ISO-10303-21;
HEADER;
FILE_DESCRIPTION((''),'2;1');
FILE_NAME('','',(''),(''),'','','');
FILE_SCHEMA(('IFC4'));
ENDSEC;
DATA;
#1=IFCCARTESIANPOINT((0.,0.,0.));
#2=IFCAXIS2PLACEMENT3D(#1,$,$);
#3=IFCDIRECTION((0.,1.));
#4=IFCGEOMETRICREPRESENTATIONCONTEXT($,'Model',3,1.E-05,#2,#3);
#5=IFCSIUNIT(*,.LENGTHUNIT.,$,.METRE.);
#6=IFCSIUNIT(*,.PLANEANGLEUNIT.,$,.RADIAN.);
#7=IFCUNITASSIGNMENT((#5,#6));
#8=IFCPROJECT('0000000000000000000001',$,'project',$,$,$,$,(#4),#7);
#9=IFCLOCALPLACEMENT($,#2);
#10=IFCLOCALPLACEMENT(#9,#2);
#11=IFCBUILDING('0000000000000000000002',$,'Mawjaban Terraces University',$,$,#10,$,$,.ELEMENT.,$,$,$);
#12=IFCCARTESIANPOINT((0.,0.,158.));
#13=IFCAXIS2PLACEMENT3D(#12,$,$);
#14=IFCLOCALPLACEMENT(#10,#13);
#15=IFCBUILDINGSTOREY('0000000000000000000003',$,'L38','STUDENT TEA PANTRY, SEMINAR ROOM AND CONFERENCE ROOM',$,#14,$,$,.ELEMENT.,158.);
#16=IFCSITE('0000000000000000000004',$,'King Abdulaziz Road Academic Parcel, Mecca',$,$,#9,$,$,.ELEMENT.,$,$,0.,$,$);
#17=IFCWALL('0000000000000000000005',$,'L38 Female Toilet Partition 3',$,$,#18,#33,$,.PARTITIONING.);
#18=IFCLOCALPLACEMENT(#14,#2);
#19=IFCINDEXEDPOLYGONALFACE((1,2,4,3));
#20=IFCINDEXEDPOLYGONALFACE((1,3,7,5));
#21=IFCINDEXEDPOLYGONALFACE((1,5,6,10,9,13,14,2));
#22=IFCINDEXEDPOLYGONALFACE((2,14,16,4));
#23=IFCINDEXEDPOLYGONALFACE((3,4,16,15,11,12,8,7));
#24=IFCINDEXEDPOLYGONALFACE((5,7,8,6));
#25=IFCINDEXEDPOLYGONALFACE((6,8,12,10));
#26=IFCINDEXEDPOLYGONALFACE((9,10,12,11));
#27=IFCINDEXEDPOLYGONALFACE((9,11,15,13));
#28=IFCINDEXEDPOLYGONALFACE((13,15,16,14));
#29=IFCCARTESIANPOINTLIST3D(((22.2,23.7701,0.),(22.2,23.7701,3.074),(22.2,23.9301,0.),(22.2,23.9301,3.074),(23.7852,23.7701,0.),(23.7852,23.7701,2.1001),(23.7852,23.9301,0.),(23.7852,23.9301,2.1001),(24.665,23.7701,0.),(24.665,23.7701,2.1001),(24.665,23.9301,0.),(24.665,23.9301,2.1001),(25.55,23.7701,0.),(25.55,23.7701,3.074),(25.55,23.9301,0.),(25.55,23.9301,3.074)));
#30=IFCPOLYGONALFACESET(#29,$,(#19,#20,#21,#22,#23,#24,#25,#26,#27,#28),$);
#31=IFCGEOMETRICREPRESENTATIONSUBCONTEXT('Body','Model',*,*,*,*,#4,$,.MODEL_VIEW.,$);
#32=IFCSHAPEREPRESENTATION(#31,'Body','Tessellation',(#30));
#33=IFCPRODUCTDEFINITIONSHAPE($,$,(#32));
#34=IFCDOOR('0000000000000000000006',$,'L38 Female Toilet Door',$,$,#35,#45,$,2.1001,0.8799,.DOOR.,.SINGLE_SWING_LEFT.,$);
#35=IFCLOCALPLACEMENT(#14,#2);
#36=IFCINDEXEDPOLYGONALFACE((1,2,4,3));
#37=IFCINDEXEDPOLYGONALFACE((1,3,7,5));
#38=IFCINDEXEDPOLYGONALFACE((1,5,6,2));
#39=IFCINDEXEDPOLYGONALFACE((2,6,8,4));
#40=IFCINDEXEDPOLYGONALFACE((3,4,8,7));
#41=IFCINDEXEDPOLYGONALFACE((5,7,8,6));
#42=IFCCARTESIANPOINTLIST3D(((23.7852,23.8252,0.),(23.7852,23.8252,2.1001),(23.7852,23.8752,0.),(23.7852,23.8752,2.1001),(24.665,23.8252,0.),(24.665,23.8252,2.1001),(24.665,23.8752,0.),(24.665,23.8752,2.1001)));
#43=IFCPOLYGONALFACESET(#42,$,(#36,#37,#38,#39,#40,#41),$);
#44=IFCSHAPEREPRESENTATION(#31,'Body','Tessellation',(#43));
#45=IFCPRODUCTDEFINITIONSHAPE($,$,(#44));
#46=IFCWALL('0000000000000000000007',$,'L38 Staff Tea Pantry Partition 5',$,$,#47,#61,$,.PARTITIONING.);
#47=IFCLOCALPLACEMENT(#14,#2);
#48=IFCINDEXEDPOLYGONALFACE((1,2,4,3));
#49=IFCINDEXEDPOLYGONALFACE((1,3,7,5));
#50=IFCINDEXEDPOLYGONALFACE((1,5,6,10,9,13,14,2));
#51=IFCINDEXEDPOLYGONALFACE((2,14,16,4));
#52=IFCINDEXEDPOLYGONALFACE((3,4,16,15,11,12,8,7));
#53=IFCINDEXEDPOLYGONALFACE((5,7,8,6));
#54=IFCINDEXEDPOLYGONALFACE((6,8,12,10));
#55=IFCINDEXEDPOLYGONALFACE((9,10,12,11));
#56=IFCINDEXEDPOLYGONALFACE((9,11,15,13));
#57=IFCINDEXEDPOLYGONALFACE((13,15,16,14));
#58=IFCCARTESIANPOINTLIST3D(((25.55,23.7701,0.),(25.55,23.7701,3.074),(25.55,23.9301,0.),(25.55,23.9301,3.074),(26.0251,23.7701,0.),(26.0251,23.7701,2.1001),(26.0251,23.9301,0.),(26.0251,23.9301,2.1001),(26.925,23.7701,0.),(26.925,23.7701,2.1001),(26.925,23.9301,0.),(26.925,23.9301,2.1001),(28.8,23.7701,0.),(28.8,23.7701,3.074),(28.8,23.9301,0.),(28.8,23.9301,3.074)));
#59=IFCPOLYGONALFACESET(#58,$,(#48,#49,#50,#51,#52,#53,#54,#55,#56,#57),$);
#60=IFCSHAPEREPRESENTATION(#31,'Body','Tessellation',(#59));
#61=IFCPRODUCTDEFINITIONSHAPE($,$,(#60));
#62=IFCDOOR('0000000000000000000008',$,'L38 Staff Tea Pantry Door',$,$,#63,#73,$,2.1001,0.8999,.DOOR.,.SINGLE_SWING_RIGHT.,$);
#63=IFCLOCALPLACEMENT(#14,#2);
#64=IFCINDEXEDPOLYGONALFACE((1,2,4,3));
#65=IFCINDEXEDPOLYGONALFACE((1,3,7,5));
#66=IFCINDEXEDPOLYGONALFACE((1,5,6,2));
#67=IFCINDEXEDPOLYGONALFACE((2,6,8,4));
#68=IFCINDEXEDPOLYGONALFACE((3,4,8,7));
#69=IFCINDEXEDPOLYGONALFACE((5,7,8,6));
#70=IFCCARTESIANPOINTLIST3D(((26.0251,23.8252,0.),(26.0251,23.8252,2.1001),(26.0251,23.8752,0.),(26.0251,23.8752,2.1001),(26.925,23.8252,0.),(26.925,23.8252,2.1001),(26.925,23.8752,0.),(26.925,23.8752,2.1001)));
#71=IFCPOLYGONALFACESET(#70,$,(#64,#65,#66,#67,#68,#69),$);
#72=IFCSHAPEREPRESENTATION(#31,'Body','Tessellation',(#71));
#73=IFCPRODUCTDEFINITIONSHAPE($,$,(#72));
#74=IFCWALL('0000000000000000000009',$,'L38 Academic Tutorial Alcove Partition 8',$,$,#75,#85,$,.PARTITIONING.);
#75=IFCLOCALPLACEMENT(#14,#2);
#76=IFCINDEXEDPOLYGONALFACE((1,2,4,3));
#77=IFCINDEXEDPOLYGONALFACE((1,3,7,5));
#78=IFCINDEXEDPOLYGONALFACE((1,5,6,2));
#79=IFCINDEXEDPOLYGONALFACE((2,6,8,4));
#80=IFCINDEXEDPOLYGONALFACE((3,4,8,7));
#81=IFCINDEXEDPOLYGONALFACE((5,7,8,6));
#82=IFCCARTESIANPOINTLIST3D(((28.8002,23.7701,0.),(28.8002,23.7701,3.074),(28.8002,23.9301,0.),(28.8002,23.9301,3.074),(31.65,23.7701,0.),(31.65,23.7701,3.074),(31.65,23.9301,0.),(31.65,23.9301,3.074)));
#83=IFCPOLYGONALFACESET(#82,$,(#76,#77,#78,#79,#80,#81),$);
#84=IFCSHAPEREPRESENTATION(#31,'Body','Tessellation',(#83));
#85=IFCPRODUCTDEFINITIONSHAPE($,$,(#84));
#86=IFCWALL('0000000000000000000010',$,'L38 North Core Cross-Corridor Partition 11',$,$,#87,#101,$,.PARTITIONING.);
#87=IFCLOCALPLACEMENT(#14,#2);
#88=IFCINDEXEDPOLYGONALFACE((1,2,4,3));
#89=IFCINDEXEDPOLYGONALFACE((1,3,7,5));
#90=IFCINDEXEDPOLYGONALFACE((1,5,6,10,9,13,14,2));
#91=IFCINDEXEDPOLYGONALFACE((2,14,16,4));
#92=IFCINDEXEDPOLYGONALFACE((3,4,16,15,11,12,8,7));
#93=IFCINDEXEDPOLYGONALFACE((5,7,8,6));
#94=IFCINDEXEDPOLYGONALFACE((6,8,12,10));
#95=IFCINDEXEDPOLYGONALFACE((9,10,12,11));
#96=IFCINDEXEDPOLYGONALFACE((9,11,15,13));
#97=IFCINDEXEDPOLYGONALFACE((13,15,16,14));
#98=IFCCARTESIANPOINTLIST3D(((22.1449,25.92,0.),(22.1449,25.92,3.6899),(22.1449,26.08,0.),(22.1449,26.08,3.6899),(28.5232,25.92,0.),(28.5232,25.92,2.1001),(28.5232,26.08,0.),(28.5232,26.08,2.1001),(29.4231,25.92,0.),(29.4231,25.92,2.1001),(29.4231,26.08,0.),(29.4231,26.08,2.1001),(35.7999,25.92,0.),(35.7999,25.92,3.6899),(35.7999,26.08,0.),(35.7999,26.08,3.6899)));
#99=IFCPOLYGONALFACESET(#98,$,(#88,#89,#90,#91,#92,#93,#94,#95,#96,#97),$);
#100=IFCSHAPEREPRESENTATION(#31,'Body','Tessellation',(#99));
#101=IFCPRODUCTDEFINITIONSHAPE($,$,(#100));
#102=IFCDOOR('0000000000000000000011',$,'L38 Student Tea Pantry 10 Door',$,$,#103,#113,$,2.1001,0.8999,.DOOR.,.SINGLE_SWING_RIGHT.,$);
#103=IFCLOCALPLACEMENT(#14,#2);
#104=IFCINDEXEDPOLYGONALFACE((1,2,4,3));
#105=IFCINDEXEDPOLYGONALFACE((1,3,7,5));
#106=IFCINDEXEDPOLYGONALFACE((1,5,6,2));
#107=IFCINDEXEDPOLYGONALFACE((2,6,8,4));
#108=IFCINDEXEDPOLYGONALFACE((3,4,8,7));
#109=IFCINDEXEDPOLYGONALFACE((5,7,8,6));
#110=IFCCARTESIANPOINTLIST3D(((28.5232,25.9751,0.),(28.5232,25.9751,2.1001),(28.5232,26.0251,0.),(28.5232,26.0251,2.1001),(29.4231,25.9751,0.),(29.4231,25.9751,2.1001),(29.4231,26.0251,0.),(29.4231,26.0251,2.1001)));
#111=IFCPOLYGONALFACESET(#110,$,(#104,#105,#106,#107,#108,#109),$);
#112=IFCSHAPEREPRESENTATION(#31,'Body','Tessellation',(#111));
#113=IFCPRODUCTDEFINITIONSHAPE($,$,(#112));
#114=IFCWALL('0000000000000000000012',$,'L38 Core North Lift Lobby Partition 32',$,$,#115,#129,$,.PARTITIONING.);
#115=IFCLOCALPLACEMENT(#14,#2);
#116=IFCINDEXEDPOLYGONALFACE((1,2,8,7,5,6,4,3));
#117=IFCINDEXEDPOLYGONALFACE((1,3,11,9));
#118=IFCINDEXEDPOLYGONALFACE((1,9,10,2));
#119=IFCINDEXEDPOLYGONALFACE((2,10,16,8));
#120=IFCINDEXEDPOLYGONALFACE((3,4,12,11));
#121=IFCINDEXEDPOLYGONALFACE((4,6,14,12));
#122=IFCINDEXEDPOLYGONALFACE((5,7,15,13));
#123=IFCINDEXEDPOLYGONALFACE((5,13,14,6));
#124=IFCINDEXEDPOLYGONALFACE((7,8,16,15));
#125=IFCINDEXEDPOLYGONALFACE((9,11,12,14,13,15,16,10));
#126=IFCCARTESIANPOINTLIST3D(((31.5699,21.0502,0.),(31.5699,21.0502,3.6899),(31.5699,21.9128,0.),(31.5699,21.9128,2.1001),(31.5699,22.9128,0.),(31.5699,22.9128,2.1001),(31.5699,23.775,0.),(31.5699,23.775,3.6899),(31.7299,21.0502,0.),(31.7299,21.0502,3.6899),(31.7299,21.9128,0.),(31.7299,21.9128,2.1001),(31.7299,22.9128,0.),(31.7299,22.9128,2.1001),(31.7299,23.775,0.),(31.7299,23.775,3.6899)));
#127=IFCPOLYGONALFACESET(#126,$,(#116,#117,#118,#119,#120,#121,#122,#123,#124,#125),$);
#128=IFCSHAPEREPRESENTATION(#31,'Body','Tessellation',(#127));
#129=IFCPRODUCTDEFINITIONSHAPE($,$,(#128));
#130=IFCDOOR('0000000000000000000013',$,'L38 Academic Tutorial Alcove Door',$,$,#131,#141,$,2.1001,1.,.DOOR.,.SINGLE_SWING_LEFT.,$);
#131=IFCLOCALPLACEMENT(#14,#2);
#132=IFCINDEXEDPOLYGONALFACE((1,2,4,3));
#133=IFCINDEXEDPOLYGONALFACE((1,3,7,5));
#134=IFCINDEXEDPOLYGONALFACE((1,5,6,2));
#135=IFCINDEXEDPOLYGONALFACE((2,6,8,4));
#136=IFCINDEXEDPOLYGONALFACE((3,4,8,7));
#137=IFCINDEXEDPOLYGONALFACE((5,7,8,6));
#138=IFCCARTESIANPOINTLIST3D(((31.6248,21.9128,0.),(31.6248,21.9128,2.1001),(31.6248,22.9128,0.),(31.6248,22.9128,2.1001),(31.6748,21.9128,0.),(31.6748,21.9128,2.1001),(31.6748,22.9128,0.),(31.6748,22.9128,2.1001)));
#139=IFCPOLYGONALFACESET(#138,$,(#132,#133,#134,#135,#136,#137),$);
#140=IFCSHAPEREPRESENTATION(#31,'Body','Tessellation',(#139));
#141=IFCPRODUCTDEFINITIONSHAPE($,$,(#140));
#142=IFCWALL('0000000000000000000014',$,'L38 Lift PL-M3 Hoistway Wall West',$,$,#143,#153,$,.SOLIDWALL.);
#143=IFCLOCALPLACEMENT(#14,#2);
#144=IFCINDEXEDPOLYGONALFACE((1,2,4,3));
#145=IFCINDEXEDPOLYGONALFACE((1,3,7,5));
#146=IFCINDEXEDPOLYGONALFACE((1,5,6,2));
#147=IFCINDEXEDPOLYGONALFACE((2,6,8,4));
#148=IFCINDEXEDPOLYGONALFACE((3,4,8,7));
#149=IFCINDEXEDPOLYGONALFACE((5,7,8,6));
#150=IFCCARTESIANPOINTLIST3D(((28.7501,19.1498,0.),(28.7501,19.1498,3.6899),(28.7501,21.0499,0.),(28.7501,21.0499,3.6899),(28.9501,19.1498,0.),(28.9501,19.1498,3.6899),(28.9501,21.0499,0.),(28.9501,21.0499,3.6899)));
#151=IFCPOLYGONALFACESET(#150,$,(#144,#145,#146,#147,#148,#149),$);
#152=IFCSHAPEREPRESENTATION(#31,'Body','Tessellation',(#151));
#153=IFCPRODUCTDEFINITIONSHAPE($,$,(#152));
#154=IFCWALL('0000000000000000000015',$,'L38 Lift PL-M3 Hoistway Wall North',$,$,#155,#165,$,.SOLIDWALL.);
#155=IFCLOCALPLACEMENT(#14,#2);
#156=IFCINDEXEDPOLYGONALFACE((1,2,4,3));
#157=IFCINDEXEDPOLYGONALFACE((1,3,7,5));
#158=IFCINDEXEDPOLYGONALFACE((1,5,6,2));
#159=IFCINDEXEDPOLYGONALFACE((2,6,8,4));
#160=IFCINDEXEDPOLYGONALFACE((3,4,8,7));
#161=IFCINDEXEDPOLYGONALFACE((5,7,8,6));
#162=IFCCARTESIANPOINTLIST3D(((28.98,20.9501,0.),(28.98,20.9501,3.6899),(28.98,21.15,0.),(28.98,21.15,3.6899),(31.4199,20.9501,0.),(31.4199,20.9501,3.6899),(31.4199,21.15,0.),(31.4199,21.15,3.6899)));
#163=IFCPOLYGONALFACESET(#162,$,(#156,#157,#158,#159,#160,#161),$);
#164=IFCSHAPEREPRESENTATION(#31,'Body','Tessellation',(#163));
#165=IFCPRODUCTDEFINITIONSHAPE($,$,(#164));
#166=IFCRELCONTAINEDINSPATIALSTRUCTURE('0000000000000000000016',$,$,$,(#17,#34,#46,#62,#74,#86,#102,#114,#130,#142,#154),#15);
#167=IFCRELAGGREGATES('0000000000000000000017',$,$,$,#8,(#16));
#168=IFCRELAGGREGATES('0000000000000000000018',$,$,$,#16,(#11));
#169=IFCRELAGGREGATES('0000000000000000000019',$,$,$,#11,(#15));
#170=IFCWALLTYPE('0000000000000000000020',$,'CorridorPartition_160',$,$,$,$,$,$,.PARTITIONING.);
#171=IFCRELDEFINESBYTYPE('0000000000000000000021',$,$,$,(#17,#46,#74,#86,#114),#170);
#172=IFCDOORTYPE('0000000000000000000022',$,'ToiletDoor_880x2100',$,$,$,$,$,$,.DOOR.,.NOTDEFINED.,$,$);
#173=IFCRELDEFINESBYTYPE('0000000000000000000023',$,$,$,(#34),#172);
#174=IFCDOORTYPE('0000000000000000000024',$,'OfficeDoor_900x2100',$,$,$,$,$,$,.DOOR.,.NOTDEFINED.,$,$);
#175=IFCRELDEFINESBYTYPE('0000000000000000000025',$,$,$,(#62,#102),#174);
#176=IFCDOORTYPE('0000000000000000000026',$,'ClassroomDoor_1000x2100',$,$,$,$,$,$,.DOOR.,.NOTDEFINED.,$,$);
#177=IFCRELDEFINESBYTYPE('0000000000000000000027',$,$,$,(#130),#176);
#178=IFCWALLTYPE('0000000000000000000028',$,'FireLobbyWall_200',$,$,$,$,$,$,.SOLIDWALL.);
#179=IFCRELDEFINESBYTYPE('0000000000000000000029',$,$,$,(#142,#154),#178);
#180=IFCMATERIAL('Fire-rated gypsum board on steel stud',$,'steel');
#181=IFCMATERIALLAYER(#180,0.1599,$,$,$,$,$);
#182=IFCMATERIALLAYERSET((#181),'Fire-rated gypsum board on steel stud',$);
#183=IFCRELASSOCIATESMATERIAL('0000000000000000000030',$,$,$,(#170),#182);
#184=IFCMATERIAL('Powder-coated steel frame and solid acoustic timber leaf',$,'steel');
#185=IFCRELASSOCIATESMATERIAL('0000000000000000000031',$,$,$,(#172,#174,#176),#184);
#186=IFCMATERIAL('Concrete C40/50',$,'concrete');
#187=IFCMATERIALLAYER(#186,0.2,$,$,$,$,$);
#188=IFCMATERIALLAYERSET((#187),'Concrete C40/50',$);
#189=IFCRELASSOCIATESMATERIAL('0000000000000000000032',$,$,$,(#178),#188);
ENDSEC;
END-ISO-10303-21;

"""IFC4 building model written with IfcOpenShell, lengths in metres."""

from ifc_helpers import new_model, si_unit, direction, frame, frame_2d, origin, place, context, subcontext, project, spatial, rectangle, extrude, material, layer, layer_set, type_object, element, fill, save


model = new_model("IFC4")

# Units and contexts
model_context = context("Model", 3, precision=1e-05, world=origin(), true_north=direction((0.0, 1.0)))
body_context = subcontext(model_context, "Body", "Model", "MODEL_VIEW")
ifc_project = project(units=[si_unit("LENGTHUNIT", "METRE"), si_unit("PLANEANGLEUNIT", "RADIAN")], contexts=[model_context])

# Site, building, storey
site_placement = place(None, origin())
site = spatial("IfcSite", under=ifc_project, at=site_placement, Name="King Abdulaziz Road Academic Parcel, Mecca", CompositionType="ELEMENT", RefElevation=0.0)
building_placement = place(site_placement, origin())
building = spatial("IfcBuilding", under=site, at=building_placement, Name="Mawjaban Terraces University", CompositionType="ELEMENT")
storey_placement = place(building_placement, frame((0.0, 0.0, 158.0)))
storey = spatial("IfcBuildingStorey", under=building, at=storey_placement, Name="L38", Description="STUDENT TEA PANTRY, SEMINAR ROOM AND CONFERENCE ROOM", CompositionType="ELEMENT", Elevation=158.0)

# Walls, openings, doors
ifc_material_1 = material(Name="Fire-rated gypsum board on steel stud", Category="steel")
ifc_layer_1 = layer(ifc_material_1, 0.1599)
ifc_layer_set_1 = layer_set([ifc_layer_1], Name="Fire-rated gypsum board on steel stud")
wall_type_1 = type_object("IfcWallType", Name="CorridorPartition_160", PredefinedType="PARTITIONING", material=ifc_layer_set_1)
wall_1_placement = place(storey_placement, frame((25.55, 23.8501, 0.0), z_axis=(0.0, 0.0, 1.0), x_axis=(-1.0, 0.0, 0.0)))
wall_1 = element("IfcWall", 1, at=wall_1_placement, inside=storey, type_object=wall_type_1, Name="L38 Female Toilet Partition 3", PredefinedType="PARTITIONING", context=body_context, shape_type="SweptSolid", body=[
    extrude(rectangle(XDim=3.3501, YDim=0.1599, at=frame_2d((1.675, 0.0))), origin(), (0.0, 0.0, 1.0), 3.074),
])
opening_1_placement = place(wall_1_placement, frame((0.885, 0.0, 0.0)))
opening_1 = element("IfcOpeningElement", 2, at=opening_1_placement, cuts=wall_1, PredefinedType="OPENING", context=body_context, shape_type="SweptSolid", body=[
    extrude(rectangle(XDim=0.8799, YDim=2.1001, at=frame_2d((0.4399, 1.05))), frame((0.0, 0.0898, 0.0), z_axis=(0.0, -1.0, 0.0), x_axis=(1.0, 0.0, 0.0)), (0.0, 0.0, 1.0), 0.1799),
])
ifc_material_2 = material(Name="Powder-coated steel frame and solid acoustic timber leaf", Category="steel")
door_type_1 = type_object("IfcDoorType", Name="ToiletDoor_880x2100", OperationType="NOTDEFINED", PredefinedType="DOOR", material=ifc_material_2)
door_1_placement = place(opening_1_placement, origin())
door_1 = element("IfcDoor", 3, at=door_1_placement, inside=storey, type_object=door_type_1, Name="L38 Female Toilet Door", OperationType="SINGLE_SWING_LEFT", OverallHeight=2.1001, OverallWidth=0.8799, PredefinedType="DOOR", context=body_context, shape_type="SweptSolid", body=[
    extrude(rectangle(XDim=0.8799, YDim=2.1001, at=frame_2d((0.4399, 1.05))), frame((0.0, 0.0249, 0.0), z_axis=(0.0, -1.0, 0.0), x_axis=(1.0, 0.0, 0.0)), (0.0, 0.0, 1.0), 0.05),
])
fill(opening_1, door_1)
wall_2_placement = place(storey_placement, frame((28.8, 23.8501, 0.0), z_axis=(0.0, 0.0, 1.0), x_axis=(-1.0, 0.0, 0.0)))
wall_2 = element("IfcWall", 4, at=wall_2_placement, inside=storey, type_object=wall_type_1, Name="L38 Staff Tea Pantry Partition 5", PredefinedType="PARTITIONING", context=body_context, shape_type="SweptSolid", body=[
    extrude(rectangle(XDim=3.25, YDim=0.1599, at=frame_2d((1.625, 0.0))), origin(), (0.0, 0.0, 1.0), 3.074),
])
opening_2_placement = place(wall_2_placement, frame((1.875, 0.0, 0.0)))
opening_2 = element("IfcOpeningElement", 5, at=opening_2_placement, cuts=wall_2, PredefinedType="OPENING", context=body_context, shape_type="SweptSolid", body=[
    extrude(rectangle(XDim=0.8999, YDim=2.1001, at=frame_2d((0.45, 1.05))), frame((0.0, 0.0898, 0.0), z_axis=(0.0, -1.0, 0.0), x_axis=(1.0, 0.0, 0.0)), (0.0, 0.0, 1.0), 0.1799),
])
door_type_2 = type_object("IfcDoorType", Name="OfficeDoor_900x2100", OperationType="NOTDEFINED", PredefinedType="DOOR", material=ifc_material_2)
door_2_placement = place(opening_2_placement, origin())
door_2 = element("IfcDoor", 6, at=door_2_placement, inside=storey, type_object=door_type_2, Name="L38 Staff Tea Pantry Door", OperationType="SINGLE_SWING_RIGHT", OverallHeight=2.1001, OverallWidth=0.8999, PredefinedType="DOOR", context=body_context, shape_type="SweptSolid", body=[
    extrude(rectangle(XDim=0.8999, YDim=2.1001, at=frame_2d((0.45, 1.05))), frame((0.0, 0.0249, 0.0), z_axis=(0.0, -1.0, 0.0), x_axis=(1.0, 0.0, 0.0)), (0.0, 0.0, 1.0), 0.05),
])
fill(opening_2, door_2)

# Wall
wall_3_placement = place(storey_placement, frame((31.6499, 23.8501, 0.0), z_axis=(0.0, 0.0, 1.0), x_axis=(-1.0, 0.0, 0.0)))
element("IfcWall", 7, at=wall_3_placement, inside=storey, type_object=wall_type_1, Name="L38 Academic Tutorial Alcove Partition 8", PredefinedType="PARTITIONING", context=body_context, shape_type="SweptSolid", body=[
    extrude(rectangle(XDim=2.8499, YDim=0.1599, at=frame_2d((1.4248, 0.0))), origin(), (0.0, 0.0, 1.0), 3.074),
])

# Walls, openings, doors
wall_4_placement = place(storey_placement, frame((35.8, 26.0, 0.0), z_axis=(0.0, 0.0, 1.0), x_axis=(-1.0, 0.0, 0.0)))
wall_4 = element("IfcWall", 8, at=wall_4_placement, inside=storey, type_object=wall_type_1, Name="L38 North Core Cross-Corridor Partition 11", PredefinedType="PARTITIONING", context=body_context, shape_type="SweptSolid", body=[
    extrude(rectangle(XDim=13.655, YDim=0.1599, at=frame_2d((6.8276, 0.0))), origin(), (0.0, 0.0, 1.0), 3.6899),
])
opening_3_placement = place(wall_4_placement, frame((6.377, 0.0, 0.0)))
opening_3 = element("IfcOpeningElement", 9, at=opening_3_placement, cuts=wall_4, PredefinedType="OPENING", context=body_context, shape_type="SweptSolid", body=[
    extrude(rectangle(XDim=0.8999, YDim=2.1001, at=frame_2d((0.45, 1.05))), frame((0.0, 0.0898, 0.0), z_axis=(0.0, -1.0, 0.0), x_axis=(1.0, 0.0, 0.0)), (0.0, 0.0, 1.0), 0.1799),
])
door_3_placement = place(opening_3_placement, origin())
door_3 = element("IfcDoor", 10, at=door_3_placement, inside=storey, type_object=door_type_2, Name="L38 Student Tea Pantry 10 Door", OperationType="SINGLE_SWING_RIGHT", OverallHeight=2.1001, OverallWidth=0.8999, PredefinedType="DOOR", context=body_context, shape_type="SweptSolid", body=[
    extrude(rectangle(XDim=0.8999, YDim=2.1001, at=frame_2d((0.45, 1.05))), frame((0.0, 0.0249, 0.0), z_axis=(0.0, -1.0, 0.0), x_axis=(1.0, 0.0, 0.0)), (0.0, 0.0, 1.0), 0.05),
])
fill(opening_3, door_3)
wall_5_placement = place(storey_placement, frame((31.6499, 23.7749, 0.0), z_axis=(0.0, 0.0, 1.0), x_axis=(0.0, -1.0, 0.0)))
wall_5 = element("IfcWall", 11, at=wall_5_placement, inside=storey, type_object=wall_type_1, Name="L38 Core North Lift Lobby Partition 32", PredefinedType="PARTITIONING", context=body_context, shape_type="SweptSolid", body=[
    extrude(rectangle(XDim=2.7249, YDim=0.1599, at=frame_2d((1.3623, 0.0))), origin(), (0.0, 0.0, 1.0), 3.6899),
])
opening_4_placement = place(wall_5_placement, frame((0.8621, 0.0, 0.0)))
opening_4 = element("IfcOpeningElement", 12, at=opening_4_placement, cuts=wall_5, PredefinedType="OPENING", context=body_context, shape_type="SweptSolid", body=[
    extrude(rectangle(XDim=1.0, YDim=2.1001, at=frame_2d((0.5, 1.05))), frame((0.0, 0.0898, 0.0), z_axis=(0.0, -1.0, 0.0), x_axis=(1.0, 0.0, 0.0)), (0.0, 0.0, 1.0), 0.1799),
])
door_type_3 = type_object("IfcDoorType", Name="ClassroomDoor_1000x2100", OperationType="NOTDEFINED", PredefinedType="DOOR", material=ifc_material_2)
door_4_placement = place(opening_4_placement, origin())
door_4 = element("IfcDoor", 13, at=door_4_placement, inside=storey, type_object=door_type_3, Name="L38 Academic Tutorial Alcove Door", OperationType="SINGLE_SWING_LEFT", OverallHeight=2.1001, OverallWidth=1.0, PredefinedType="DOOR", context=body_context, shape_type="SweptSolid", body=[
    extrude(rectangle(XDim=1.0, YDim=2.1001, at=frame_2d((0.5, 1.05))), frame((0.0, 0.0249, 0.0), z_axis=(0.0, -1.0, 0.0), x_axis=(1.0, 0.0, 0.0)), (0.0, 0.0, 1.0), 0.05),
])
fill(opening_4, door_4)

# Walls
ifc_material_3 = material(Name="Concrete C40/50", Category="concrete")
ifc_layer_2 = layer(ifc_material_3, 0.2)
ifc_layer_set_2 = layer_set([ifc_layer_2], Name="Concrete C40/50")
wall_type_2 = type_object("IfcWallType", Name="FireLobbyWall_200", PredefinedType="SOLIDWALL", material=ifc_layer_set_2)
wall_6_placement = place(storey_placement, frame((28.8501, 21.05, 0.0), z_axis=(0.0, 0.0, 1.0), x_axis=(0.0, -1.0, 0.0)))
element("IfcWall", 14, at=wall_6_placement, inside=storey, type_object=wall_type_2, Name="L38 Lift PL-M3 Hoistway Wall West", PredefinedType="SOLIDWALL", context=body_context, shape_type="SweptSolid", body=[
    extrude(rectangle(XDim=1.9001, YDim=0.2, at=frame_2d((0.9502, 0.0))), origin(), (0.0, 0.0, 1.0), 3.6899),
])
wall_7_placement = place(storey_placement, frame((31.4199, 21.05, 0.0), z_axis=(0.0, 0.0, 1.0), x_axis=(-1.0, 0.0, 0.0)))
element("IfcWall", 15, at=wall_7_placement, inside=storey, type_object=wall_type_2, Name="L38 Lift PL-M3 Hoistway Wall North", PredefinedType="SOLIDWALL", context=body_context, shape_type="SweptSolid", body=[
    extrude(rectangle(XDim=2.4399, YDim=0.2, at=frame_2d((1.22, 0.0))), origin(), (0.0, 0.0, 1.0), 3.6899),
])

save(model, "model.ifc")
